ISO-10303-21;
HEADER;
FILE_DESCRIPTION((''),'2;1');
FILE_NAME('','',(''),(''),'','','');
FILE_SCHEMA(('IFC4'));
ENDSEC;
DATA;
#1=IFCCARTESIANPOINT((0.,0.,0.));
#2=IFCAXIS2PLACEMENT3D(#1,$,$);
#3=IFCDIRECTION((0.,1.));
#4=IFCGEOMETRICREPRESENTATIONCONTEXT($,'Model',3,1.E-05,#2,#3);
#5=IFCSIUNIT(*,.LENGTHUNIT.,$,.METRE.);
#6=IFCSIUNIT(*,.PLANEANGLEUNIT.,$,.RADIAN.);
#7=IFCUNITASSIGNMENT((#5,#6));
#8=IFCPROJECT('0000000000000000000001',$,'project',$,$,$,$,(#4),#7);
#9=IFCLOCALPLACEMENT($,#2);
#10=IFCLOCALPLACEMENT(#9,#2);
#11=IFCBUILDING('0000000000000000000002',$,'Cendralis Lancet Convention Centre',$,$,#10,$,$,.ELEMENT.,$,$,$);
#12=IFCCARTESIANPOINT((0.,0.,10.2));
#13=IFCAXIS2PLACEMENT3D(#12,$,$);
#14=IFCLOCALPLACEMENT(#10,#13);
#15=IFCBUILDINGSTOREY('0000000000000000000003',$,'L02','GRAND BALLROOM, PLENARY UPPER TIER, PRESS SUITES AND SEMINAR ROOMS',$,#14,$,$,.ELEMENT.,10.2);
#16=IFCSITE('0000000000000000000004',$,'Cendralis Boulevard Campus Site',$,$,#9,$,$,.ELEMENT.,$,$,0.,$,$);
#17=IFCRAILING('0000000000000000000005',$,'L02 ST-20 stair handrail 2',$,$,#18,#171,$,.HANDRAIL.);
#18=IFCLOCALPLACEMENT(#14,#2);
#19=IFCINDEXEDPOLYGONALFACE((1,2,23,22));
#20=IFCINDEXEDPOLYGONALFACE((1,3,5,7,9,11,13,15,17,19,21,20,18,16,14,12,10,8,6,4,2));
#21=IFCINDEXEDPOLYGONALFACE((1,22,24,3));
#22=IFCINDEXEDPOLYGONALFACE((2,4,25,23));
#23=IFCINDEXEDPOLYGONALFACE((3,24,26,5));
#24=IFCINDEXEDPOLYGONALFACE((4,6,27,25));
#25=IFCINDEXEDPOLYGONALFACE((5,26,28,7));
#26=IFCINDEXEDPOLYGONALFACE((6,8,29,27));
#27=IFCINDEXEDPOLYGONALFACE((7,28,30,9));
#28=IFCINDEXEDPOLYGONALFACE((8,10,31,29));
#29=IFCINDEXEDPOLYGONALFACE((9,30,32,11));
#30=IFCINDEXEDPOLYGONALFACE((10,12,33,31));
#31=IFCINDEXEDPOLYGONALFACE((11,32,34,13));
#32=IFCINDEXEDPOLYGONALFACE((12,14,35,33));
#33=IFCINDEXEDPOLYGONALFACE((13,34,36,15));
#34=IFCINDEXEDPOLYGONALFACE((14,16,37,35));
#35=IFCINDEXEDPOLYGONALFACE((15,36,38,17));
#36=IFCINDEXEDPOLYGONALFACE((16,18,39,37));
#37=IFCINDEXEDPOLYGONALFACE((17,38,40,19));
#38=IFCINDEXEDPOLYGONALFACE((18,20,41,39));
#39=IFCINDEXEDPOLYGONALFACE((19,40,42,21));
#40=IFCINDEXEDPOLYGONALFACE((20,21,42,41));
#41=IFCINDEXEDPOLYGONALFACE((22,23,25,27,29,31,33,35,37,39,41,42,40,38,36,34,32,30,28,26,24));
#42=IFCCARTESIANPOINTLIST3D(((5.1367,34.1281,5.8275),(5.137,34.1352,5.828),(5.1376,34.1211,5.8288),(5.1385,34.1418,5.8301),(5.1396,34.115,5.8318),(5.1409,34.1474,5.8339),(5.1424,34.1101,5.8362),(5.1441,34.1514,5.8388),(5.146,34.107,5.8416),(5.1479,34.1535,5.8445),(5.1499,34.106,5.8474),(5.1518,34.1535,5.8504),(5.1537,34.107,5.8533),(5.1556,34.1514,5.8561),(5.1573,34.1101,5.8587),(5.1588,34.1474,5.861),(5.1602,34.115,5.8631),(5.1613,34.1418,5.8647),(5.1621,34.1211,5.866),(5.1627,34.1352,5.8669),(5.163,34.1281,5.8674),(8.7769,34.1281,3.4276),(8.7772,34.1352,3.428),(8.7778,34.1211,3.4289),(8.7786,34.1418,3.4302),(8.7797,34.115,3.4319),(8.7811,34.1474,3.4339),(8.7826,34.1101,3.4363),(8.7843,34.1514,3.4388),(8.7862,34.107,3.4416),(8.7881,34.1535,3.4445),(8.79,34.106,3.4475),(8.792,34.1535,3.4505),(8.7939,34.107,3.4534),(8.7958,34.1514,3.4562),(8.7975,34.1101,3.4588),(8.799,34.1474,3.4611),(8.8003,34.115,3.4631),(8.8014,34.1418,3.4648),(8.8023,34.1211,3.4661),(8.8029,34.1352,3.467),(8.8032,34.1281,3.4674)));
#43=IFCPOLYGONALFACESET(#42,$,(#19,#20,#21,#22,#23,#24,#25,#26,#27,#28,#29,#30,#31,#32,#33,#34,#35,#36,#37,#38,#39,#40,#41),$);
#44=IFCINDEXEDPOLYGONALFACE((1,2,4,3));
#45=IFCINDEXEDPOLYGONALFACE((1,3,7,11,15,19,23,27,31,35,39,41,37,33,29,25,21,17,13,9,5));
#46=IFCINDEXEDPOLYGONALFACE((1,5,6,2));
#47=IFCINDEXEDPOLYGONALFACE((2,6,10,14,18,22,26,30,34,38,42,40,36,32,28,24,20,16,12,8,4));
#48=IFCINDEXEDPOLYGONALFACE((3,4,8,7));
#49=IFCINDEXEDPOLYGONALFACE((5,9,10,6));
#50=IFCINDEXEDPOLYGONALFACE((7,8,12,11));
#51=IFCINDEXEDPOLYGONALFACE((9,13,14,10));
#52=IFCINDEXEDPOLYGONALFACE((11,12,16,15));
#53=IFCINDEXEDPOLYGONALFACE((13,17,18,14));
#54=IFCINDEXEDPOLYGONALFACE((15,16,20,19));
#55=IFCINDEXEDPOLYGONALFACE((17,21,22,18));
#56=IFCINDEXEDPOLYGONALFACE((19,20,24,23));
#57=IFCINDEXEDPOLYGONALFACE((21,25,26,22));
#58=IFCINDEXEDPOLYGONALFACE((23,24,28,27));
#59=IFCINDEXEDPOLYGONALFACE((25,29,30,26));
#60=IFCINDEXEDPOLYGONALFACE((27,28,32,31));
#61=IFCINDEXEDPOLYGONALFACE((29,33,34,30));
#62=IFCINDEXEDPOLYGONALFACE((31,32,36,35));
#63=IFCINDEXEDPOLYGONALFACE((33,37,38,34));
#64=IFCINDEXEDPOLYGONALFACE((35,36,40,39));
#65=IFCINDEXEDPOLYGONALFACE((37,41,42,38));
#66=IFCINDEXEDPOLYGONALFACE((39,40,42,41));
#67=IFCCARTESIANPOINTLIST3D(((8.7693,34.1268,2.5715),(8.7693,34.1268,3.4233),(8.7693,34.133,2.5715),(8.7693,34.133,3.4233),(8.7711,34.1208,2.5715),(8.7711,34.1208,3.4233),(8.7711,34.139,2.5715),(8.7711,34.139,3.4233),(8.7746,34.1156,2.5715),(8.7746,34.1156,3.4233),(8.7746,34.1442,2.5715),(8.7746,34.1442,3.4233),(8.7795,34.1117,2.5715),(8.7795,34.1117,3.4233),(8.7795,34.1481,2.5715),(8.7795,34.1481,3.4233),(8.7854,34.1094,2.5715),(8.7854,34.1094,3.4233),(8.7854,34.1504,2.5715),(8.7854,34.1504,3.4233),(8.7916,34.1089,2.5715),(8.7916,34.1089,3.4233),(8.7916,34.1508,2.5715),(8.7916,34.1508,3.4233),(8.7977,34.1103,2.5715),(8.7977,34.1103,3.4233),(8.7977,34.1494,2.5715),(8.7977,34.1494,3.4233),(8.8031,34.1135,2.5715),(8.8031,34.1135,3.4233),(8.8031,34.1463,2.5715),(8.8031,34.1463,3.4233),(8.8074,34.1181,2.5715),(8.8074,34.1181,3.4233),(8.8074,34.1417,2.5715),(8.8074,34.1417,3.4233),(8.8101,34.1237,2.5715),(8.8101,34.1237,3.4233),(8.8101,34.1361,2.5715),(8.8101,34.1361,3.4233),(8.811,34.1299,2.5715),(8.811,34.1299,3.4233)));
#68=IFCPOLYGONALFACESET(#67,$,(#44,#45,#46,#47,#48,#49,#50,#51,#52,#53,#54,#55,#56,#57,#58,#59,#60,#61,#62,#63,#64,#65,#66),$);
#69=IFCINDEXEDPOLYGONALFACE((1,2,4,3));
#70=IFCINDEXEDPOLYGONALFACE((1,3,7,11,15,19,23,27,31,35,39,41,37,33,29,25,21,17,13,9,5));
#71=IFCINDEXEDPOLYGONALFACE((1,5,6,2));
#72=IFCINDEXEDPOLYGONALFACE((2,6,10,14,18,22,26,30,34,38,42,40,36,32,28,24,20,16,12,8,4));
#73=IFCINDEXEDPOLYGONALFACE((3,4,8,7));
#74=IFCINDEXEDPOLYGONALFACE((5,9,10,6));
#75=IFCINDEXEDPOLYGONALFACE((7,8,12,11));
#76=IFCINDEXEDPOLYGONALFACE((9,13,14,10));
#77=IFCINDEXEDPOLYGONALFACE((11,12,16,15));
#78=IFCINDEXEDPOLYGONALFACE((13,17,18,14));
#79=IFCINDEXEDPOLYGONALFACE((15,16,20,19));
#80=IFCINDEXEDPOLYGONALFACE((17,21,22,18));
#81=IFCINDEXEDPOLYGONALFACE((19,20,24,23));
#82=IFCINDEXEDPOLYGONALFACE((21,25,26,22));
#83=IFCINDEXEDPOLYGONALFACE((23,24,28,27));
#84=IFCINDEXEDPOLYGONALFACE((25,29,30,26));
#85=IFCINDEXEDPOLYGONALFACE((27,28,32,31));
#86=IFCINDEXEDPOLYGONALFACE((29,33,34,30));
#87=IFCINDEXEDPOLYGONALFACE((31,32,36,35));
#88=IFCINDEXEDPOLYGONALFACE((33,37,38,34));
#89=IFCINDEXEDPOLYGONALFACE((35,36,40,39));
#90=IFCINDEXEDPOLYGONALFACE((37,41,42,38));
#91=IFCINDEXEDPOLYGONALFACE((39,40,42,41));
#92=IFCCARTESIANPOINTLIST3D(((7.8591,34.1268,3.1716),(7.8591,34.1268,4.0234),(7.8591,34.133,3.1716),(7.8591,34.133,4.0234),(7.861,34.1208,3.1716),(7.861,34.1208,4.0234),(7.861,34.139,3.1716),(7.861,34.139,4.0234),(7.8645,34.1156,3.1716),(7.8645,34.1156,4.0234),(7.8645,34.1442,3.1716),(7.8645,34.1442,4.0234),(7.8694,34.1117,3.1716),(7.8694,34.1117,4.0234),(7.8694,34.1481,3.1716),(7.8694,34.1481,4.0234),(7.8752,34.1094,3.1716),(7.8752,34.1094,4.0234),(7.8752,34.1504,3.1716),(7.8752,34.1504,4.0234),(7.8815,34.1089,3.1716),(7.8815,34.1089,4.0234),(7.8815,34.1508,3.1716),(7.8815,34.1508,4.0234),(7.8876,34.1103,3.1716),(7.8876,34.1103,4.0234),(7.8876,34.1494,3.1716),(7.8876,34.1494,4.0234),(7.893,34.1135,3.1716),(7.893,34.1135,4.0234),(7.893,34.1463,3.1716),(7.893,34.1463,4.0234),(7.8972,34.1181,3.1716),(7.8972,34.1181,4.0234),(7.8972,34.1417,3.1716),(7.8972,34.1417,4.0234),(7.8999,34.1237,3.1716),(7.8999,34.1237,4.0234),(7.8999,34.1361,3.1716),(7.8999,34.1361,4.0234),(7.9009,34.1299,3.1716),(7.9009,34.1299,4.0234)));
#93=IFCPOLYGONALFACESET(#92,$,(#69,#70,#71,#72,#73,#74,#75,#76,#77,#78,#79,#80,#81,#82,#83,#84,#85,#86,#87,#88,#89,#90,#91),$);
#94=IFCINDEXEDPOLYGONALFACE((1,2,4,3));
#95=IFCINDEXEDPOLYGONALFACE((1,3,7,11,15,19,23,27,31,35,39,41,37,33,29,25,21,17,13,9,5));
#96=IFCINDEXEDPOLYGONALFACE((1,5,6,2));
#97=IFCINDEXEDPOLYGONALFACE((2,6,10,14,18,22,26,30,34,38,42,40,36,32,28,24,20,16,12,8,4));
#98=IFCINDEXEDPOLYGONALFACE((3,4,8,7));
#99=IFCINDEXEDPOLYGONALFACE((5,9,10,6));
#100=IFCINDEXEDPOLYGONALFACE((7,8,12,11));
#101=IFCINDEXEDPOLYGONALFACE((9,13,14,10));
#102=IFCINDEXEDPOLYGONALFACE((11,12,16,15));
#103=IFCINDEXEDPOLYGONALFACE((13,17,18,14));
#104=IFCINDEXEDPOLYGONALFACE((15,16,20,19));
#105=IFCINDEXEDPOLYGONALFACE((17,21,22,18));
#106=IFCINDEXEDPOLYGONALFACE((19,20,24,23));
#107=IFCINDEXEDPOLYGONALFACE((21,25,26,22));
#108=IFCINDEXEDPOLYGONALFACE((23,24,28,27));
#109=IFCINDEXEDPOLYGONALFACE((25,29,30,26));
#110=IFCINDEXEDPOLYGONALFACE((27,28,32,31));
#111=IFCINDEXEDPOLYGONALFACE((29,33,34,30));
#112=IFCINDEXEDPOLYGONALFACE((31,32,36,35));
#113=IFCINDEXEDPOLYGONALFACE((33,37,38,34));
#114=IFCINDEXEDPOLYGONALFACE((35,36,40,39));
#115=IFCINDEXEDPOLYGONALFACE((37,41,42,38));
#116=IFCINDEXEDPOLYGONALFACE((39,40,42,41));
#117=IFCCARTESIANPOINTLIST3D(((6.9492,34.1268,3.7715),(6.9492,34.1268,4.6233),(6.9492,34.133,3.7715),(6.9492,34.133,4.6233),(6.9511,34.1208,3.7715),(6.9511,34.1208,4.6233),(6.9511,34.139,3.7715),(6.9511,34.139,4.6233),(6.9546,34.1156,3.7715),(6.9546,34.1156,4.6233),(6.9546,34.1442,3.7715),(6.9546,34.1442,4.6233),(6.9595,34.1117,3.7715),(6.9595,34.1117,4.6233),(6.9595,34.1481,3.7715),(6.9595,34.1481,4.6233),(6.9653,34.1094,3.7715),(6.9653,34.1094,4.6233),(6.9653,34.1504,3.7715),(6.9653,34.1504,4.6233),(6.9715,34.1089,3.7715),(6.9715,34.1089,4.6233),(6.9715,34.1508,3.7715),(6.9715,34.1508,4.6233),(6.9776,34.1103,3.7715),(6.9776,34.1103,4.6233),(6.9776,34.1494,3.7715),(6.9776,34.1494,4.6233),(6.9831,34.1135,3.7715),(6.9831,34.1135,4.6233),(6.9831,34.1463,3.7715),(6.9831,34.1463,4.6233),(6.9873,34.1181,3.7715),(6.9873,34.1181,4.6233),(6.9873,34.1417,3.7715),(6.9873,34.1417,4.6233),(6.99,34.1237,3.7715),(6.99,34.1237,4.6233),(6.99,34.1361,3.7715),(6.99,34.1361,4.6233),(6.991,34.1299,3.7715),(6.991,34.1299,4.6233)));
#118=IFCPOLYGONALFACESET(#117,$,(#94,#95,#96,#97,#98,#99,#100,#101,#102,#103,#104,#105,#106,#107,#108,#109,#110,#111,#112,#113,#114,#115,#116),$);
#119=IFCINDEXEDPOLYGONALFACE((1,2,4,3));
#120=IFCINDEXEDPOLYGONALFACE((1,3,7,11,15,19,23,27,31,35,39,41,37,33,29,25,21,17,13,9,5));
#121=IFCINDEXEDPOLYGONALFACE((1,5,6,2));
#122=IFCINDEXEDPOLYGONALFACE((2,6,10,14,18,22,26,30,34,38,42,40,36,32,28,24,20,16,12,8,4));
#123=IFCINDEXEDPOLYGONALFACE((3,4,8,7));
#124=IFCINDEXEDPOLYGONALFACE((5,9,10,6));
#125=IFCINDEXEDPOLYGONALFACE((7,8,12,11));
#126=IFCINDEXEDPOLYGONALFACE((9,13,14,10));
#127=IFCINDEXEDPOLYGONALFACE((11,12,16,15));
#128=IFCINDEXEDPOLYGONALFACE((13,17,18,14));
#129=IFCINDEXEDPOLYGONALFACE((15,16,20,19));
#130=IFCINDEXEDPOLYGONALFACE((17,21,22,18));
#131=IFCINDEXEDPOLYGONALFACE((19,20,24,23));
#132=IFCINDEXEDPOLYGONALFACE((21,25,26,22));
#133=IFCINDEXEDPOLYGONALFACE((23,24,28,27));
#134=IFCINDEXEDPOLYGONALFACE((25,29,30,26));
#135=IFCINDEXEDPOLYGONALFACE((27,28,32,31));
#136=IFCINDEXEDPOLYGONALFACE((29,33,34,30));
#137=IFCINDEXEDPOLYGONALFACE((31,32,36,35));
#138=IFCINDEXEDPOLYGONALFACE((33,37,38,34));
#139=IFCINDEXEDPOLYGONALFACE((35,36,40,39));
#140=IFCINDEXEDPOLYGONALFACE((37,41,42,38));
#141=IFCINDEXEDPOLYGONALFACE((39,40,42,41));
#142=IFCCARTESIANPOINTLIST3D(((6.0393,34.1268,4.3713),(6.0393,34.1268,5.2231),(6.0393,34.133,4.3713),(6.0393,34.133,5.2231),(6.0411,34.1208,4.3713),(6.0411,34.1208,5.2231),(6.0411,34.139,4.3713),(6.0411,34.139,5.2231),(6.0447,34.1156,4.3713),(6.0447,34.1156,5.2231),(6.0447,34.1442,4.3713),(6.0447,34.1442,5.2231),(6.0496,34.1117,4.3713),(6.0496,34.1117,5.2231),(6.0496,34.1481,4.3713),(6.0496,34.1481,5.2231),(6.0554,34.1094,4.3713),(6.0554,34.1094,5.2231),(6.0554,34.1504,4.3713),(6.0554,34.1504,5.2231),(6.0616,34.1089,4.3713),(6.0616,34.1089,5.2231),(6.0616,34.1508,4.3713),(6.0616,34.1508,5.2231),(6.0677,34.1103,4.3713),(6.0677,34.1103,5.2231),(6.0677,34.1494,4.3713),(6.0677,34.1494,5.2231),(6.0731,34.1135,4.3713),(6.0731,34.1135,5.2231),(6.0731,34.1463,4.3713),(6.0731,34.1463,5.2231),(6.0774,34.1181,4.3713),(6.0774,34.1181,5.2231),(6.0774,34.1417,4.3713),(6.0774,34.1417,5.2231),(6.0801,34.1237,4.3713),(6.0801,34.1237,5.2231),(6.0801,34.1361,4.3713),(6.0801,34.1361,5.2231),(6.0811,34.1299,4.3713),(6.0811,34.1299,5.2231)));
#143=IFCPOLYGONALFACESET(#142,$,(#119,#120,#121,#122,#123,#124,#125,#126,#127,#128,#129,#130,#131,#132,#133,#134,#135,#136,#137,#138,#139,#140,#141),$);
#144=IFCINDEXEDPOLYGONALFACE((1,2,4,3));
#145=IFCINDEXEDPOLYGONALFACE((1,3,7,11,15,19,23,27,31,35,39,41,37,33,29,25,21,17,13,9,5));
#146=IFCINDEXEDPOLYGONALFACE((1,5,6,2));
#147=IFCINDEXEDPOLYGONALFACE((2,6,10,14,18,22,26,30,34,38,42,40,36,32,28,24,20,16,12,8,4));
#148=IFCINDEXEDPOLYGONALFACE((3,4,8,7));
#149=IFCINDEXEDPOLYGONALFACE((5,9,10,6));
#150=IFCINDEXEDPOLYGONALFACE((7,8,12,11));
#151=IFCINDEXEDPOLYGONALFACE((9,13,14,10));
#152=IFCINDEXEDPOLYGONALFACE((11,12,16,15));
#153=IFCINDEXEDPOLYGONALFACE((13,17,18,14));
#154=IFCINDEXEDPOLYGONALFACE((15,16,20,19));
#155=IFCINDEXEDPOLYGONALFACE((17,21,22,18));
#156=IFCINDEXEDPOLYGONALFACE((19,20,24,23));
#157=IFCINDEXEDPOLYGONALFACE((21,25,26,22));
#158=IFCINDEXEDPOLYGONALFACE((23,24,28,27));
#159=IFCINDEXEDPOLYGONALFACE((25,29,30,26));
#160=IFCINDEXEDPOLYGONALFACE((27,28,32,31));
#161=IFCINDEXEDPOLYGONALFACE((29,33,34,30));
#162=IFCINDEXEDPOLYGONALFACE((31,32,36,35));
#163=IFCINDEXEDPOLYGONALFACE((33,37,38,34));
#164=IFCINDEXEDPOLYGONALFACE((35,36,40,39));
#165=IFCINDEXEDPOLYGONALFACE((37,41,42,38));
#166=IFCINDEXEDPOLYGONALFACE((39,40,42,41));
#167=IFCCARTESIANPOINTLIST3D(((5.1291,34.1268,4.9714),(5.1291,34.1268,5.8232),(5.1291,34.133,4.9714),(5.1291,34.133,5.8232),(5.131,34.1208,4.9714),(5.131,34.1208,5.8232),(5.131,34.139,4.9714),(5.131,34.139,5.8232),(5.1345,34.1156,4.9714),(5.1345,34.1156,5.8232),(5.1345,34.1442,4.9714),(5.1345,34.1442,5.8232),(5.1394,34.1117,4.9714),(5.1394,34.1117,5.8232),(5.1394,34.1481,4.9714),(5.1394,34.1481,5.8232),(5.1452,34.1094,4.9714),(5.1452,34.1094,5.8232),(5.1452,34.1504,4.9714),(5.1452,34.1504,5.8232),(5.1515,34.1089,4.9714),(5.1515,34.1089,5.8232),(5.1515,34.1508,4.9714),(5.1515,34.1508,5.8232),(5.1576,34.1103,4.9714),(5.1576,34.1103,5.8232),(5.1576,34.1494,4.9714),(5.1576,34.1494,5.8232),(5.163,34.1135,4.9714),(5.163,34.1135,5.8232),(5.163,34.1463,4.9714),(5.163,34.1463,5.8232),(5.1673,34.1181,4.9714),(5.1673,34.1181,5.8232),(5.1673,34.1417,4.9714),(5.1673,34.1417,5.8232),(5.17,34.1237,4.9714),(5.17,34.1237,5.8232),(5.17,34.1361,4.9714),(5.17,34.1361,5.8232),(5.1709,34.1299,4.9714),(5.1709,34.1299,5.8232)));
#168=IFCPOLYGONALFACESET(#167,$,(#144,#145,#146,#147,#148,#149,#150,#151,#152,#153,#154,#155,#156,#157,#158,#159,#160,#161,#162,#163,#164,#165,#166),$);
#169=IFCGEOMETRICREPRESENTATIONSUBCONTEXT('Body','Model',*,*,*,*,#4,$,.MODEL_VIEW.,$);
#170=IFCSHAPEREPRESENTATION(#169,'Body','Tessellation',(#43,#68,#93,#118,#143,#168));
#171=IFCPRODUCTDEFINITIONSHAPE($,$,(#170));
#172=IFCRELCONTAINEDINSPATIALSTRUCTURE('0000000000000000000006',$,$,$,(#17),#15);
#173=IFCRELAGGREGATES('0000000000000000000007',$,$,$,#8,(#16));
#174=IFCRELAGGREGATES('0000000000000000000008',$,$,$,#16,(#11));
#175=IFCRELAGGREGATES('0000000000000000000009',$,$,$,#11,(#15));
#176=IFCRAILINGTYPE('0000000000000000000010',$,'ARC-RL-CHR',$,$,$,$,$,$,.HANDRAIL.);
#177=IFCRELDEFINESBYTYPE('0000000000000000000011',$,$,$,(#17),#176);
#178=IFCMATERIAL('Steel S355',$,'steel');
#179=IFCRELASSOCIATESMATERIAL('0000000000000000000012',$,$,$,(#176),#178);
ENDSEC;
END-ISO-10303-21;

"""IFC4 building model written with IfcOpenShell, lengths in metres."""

from ifc_helpers import new_model, si_unit, direction, frame, origin, origin_2d, place, context, subcontext, project, spatial, circle, extrude, material, type_object, element, save


model = new_model("IFC4")

# Units and contexts
model_context = context("Model", 3, precision=1e-05, world=origin(), true_north=direction((0.0, 1.0)))
body_context = subcontext(model_context, "Body", "Model", "MODEL_VIEW")
ifc_project = project(units=[si_unit("LENGTHUNIT", "METRE"), si_unit("PLANEANGLEUNIT", "RADIAN")], contexts=[model_context])

# Site, building, storey
site_placement = place(None, origin())
site = spatial("IfcSite", under=ifc_project, at=site_placement, Name="Cendralis Boulevard Campus Site", CompositionType="ELEMENT", RefElevation=0.0)
building_placement = place(site_placement, origin())
building = spatial("IfcBuilding", under=site, at=building_placement, Name="Cendralis Lancet Convention Centre", CompositionType="ELEMENT")
storey_placement = place(building_placement, frame((0.0, 0.0, 10.2)))
storey = spatial("IfcBuildingStorey", under=building, at=storey_placement, Name="L02", Description="GRAND BALLROOM, PLENARY UPPER TIER, PRESS SUITES AND SEMINAR ROOMS", CompositionType="ELEMENT", Elevation=10.2)

# Shared definitions
ifc_material_1 = material(Name="Steel S355", Category="steel")

# Railing
railing_type_1 = type_object("IfcRailingType", Name="ARC-RL-CHR", PredefinedType="HANDRAIL", material=ifc_material_1)
railing_1_placement = place(storey_placement, frame((8.79, 34.1299, 2.5715)))
element("IfcRailing", 1, at=railing_1_placement, inside=storey, type_object=railing_type_1, Name="L02 ST-20 stair handrail 2", PredefinedType="HANDRAIL", context=body_context, shape_type="SweptSolid", body=[
    extrude(circle(Radius=0.0239, at=origin_2d()), frame((0.0, 0.0, 0.876), z_axis=(-0.834882, 0.0, 0.550429), x_axis=(0.0, -1.0, 0.0)), (0.0, 0.0, 1.0), 4.3601),
    extrude(circle(Radius=0.021, at=origin_2d()), origin(), (0.0, 0.0, 1.0), 0.8518),
    extrude(circle(Radius=0.021, at=origin_2d()), frame((-0.9102, 0.0, 0.6001)), (0.0, 0.0, 1.0), 0.8518),
    extrude(circle(Radius=0.021, at=origin_2d()), frame((-1.8201, 0.0, 1.2)), (0.0, 0.0, 1.0), 0.8518),
    extrude(circle(Radius=0.021, at=origin_2d()), frame((-2.73, 0.0, 1.7998)), (0.0, 0.0, 1.0), 0.8518),
    extrude(circle(Radius=0.021, at=origin_2d()), frame((-3.6401, 0.0, 2.3999)), (0.0, 0.0, 1.0), 0.8518),
])

save(model, "model.ifc")
